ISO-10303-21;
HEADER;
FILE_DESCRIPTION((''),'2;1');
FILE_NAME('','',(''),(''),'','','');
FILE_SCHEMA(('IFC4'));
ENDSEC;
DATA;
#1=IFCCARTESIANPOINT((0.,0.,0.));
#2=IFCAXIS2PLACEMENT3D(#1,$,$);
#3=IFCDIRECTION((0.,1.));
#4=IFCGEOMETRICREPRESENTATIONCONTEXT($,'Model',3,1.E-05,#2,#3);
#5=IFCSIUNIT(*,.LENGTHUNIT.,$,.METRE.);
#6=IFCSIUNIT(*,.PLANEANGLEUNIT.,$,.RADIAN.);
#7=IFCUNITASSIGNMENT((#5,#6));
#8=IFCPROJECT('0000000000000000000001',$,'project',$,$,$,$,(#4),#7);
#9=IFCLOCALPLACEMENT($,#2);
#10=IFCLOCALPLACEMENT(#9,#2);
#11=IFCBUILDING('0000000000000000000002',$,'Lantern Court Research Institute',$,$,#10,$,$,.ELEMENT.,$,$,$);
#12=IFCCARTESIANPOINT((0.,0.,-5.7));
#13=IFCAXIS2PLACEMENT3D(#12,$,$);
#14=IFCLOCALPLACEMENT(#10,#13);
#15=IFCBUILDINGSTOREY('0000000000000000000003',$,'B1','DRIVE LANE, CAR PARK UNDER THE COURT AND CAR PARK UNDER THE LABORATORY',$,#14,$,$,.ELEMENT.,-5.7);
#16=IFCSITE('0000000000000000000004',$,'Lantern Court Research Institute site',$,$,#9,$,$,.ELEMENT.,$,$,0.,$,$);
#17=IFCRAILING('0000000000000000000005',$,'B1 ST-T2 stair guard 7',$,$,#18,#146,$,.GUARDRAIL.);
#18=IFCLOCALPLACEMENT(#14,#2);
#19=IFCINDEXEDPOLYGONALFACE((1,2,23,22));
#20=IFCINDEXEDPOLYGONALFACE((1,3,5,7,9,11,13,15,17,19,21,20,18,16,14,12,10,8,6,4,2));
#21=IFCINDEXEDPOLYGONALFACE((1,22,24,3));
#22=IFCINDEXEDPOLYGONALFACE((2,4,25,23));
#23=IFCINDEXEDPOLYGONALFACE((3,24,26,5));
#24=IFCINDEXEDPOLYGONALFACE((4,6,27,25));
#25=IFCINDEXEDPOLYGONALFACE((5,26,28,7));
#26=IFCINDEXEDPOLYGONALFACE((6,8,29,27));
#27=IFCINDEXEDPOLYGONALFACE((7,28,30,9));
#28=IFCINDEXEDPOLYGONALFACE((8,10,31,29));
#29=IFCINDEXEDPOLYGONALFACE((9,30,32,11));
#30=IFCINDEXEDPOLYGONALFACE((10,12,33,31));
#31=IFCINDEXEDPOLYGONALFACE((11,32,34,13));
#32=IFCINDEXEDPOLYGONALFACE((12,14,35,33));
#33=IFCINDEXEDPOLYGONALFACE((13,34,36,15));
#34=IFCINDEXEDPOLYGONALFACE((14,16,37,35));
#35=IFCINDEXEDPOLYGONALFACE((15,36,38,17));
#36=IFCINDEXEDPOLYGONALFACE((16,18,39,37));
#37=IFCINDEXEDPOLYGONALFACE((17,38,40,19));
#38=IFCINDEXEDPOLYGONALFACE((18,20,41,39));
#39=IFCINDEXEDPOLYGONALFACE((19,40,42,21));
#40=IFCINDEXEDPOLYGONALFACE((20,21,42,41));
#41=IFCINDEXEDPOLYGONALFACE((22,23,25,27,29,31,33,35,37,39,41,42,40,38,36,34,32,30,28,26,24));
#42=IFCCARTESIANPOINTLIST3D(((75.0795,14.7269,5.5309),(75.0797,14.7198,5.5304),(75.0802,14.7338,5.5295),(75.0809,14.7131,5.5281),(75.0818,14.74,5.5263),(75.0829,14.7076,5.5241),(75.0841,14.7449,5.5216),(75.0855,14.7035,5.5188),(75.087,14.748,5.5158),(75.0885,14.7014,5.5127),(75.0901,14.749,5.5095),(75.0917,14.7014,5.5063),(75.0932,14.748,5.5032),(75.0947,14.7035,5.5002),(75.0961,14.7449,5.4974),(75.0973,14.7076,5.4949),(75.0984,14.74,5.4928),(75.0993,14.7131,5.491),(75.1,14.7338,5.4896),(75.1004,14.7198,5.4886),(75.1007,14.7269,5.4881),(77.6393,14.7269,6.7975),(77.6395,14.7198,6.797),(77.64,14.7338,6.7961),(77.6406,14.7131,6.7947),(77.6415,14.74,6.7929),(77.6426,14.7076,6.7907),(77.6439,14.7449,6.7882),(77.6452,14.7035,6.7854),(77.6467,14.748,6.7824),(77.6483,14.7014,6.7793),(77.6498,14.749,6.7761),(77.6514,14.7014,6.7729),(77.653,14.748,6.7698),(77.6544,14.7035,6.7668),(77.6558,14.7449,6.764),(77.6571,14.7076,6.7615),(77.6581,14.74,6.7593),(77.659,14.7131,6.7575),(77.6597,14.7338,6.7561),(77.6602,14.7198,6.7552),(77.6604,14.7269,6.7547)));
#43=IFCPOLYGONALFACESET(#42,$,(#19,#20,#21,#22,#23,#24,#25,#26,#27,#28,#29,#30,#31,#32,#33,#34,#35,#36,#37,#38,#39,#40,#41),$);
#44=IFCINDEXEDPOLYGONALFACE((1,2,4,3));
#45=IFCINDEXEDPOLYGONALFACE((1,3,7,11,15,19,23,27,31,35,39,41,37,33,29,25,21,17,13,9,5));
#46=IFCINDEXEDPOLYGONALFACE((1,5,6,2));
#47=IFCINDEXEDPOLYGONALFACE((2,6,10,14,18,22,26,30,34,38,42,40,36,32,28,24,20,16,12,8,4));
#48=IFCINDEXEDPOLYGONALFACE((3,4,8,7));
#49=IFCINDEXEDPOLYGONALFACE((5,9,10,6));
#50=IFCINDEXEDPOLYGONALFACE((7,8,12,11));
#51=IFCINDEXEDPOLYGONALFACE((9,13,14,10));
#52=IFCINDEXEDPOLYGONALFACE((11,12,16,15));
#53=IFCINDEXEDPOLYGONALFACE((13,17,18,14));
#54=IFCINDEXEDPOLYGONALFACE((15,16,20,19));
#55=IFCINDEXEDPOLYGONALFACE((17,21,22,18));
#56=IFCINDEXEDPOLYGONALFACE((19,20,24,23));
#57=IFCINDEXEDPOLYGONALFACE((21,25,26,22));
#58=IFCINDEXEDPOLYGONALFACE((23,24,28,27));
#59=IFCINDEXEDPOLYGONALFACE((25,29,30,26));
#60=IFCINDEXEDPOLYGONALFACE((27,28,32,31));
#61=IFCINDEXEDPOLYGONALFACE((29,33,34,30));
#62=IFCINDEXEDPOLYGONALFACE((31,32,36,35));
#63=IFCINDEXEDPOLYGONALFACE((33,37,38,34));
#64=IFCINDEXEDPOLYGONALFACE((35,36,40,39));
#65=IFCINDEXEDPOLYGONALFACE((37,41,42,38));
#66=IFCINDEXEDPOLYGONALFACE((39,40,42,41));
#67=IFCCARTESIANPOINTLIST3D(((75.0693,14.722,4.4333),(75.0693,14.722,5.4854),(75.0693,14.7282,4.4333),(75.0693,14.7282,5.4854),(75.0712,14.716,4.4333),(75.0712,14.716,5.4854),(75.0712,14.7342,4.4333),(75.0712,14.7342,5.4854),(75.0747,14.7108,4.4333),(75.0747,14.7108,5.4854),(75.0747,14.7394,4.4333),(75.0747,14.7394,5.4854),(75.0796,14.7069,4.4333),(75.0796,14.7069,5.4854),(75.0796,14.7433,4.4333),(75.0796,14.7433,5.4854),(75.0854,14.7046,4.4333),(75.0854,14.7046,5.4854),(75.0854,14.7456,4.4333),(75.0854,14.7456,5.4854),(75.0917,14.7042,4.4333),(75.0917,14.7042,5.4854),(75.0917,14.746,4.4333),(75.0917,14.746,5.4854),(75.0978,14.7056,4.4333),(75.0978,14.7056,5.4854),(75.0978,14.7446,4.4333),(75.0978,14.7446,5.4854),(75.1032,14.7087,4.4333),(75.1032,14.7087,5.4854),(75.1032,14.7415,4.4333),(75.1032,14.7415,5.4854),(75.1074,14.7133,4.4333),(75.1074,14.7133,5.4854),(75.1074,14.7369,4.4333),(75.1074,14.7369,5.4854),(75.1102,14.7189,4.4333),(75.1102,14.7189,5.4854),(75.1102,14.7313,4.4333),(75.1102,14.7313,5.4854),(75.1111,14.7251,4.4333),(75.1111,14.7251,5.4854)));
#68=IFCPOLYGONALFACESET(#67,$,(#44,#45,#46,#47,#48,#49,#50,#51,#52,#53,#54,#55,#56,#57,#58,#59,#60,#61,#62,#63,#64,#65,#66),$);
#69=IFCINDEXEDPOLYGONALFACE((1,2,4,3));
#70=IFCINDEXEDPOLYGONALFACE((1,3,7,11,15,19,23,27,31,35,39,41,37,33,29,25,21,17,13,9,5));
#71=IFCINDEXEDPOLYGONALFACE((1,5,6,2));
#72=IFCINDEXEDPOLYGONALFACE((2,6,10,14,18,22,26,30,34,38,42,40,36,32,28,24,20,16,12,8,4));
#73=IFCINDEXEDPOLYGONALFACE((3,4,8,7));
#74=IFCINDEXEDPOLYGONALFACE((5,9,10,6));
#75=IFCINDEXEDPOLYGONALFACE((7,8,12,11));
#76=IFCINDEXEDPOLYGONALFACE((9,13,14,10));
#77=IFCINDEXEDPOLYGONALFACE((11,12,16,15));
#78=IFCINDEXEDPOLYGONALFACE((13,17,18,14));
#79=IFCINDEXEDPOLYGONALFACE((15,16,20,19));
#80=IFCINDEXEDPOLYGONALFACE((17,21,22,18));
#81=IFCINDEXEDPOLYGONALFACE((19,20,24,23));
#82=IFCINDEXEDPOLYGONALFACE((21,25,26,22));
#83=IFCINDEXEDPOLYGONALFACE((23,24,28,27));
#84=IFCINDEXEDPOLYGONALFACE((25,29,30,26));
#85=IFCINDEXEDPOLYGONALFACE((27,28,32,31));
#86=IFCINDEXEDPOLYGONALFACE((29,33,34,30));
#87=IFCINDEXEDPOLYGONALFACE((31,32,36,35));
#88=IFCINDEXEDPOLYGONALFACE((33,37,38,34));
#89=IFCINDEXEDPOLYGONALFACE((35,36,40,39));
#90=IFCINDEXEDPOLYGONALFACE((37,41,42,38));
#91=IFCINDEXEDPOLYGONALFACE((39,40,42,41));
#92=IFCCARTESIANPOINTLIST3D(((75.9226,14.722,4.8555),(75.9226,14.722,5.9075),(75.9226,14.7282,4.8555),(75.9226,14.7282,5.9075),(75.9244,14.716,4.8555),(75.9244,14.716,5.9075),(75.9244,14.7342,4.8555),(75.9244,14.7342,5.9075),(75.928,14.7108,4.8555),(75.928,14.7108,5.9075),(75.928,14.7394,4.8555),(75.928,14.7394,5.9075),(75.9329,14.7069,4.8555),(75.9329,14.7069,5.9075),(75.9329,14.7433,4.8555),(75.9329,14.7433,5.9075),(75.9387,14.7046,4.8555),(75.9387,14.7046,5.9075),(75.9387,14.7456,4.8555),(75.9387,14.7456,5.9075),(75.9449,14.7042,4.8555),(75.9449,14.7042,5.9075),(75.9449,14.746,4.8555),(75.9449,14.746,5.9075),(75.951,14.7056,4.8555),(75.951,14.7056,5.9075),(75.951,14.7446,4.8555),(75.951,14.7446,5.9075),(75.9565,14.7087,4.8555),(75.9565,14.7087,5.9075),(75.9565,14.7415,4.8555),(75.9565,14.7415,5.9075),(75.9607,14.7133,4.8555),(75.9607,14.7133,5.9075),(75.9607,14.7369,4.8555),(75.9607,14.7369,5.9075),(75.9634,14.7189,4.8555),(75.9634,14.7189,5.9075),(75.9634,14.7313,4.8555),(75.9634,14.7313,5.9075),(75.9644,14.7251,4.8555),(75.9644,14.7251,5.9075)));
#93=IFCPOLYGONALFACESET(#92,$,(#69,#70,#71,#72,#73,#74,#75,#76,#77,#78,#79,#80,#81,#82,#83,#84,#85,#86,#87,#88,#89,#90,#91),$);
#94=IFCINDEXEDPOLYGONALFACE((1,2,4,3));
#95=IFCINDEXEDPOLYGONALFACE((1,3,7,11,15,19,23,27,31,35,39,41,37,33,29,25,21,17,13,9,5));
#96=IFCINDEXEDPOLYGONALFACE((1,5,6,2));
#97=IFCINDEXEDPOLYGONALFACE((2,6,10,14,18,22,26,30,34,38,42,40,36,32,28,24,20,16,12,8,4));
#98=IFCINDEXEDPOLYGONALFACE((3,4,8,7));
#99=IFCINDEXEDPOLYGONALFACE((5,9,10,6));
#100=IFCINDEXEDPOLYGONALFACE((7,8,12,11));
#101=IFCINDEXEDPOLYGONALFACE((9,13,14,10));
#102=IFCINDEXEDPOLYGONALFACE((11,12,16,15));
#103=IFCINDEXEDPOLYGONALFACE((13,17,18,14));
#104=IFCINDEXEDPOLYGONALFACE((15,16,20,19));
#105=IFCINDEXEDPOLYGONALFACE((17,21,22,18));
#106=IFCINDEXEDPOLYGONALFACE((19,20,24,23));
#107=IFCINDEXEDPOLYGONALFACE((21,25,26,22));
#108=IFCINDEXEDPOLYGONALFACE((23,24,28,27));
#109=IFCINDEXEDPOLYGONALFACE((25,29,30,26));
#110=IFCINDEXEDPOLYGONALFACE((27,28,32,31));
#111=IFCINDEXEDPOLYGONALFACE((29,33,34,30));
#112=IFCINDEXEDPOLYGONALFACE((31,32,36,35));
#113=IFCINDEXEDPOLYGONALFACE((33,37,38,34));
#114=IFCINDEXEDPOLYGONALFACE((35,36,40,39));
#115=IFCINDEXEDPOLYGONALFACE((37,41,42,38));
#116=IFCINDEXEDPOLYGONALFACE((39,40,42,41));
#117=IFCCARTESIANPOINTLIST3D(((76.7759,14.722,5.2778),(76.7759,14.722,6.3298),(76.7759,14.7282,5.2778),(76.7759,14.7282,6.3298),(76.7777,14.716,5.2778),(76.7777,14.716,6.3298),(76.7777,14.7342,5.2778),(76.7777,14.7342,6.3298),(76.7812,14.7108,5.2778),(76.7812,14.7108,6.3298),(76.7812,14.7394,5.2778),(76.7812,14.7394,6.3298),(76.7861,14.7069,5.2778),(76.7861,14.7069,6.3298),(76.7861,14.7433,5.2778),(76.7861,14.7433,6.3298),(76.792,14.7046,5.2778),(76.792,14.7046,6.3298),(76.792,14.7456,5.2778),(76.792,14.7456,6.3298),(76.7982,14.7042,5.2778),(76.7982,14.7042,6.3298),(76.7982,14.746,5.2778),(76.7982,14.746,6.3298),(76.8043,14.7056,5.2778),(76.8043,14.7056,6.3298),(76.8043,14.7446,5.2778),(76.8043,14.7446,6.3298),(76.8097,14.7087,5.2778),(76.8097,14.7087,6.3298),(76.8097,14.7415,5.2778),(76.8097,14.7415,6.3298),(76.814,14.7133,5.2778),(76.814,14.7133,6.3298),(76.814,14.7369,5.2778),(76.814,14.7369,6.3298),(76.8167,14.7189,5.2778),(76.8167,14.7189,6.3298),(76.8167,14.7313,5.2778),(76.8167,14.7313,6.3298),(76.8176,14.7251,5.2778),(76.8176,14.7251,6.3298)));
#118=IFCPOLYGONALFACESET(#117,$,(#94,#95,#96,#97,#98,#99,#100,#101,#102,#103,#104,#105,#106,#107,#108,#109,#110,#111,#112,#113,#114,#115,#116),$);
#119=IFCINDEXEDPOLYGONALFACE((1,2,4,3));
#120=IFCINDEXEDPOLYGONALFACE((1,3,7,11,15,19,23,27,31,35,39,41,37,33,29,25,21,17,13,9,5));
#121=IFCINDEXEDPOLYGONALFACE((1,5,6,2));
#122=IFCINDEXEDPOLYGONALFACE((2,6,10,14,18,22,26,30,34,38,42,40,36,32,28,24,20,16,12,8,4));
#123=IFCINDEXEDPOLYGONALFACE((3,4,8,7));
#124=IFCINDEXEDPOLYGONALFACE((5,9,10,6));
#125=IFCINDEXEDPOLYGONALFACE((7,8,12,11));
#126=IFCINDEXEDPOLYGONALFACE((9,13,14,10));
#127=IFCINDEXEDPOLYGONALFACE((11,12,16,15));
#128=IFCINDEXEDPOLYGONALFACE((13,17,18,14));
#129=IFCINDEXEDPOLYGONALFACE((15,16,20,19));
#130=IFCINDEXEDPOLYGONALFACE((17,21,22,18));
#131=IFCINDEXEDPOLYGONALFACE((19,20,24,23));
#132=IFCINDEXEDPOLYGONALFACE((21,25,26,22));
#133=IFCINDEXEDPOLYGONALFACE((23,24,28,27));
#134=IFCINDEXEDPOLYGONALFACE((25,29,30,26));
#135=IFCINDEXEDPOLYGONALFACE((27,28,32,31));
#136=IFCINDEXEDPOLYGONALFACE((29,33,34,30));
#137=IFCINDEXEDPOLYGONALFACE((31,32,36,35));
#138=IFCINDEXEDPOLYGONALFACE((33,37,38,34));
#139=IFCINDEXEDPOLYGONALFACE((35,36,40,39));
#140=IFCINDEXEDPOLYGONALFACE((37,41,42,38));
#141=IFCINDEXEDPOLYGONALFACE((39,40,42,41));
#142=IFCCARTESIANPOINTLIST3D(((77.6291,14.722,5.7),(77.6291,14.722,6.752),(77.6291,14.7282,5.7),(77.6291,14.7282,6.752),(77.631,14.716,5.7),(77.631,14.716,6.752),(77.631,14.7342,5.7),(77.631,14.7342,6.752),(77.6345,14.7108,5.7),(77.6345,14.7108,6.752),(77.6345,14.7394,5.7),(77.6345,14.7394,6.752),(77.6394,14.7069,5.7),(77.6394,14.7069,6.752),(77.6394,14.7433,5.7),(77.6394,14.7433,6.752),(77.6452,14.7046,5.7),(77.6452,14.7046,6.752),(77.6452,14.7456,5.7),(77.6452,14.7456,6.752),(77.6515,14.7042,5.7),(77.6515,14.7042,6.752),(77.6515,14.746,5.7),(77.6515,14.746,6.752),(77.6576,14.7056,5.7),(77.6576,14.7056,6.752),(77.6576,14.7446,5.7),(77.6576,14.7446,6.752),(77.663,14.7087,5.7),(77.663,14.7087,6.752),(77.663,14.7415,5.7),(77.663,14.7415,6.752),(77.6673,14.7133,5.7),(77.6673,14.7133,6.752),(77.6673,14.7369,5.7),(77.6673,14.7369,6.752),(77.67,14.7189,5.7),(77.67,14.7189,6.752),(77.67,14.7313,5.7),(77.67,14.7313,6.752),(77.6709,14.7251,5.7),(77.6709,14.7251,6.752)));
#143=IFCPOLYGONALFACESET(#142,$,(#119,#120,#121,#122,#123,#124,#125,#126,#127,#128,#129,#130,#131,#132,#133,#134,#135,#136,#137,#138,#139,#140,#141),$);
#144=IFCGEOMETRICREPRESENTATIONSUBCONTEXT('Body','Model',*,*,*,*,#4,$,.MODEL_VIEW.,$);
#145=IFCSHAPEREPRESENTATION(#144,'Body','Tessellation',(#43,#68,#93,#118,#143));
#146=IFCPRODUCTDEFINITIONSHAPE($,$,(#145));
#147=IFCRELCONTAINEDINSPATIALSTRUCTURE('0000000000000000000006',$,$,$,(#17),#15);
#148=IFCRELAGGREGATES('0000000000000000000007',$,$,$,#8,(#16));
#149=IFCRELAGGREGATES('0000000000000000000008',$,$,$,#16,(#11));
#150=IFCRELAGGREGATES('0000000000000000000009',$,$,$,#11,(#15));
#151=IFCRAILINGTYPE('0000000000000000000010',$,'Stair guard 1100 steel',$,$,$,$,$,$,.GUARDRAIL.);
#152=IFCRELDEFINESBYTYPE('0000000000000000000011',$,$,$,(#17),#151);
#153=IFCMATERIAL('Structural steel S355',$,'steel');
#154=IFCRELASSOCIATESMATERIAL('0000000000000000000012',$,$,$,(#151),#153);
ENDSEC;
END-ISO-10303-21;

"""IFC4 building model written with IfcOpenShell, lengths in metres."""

from ifc_helpers import new_model, si_unit, direction, frame, origin, origin_2d, place, context, subcontext, project, spatial, circle, extrude, material, type_object, element, save


model = new_model("IFC4")

# Units and contexts
model_context = context("Model", 3, precision=1e-05, world=origin(), true_north=direction((0.0, 1.0)))
body_context = subcontext(model_context, "Body", "Model", "MODEL_VIEW")
ifc_project = project(units=[si_unit("LENGTHUNIT", "METRE"), si_unit("PLANEANGLEUNIT", "RADIAN")], contexts=[model_context])

# Site, building, storey
site_placement = place(None, origin())
site = spatial("IfcSite", under=ifc_project, at=site_placement, Name="Lantern Court Research Institute site", CompositionType="ELEMENT", RefElevation=0.0)
building_placement = place(site_placement, origin())
building = spatial("IfcBuilding", under=site, at=building_placement, Name="Lantern Court Research Institute", CompositionType="ELEMENT")
storey_placement = place(building_placement, frame((0.0, 0.0, -5.7)))
storey = spatial("IfcBuildingStorey", under=building, at=storey_placement, Name="B1", Description="DRIVE LANE, CAR PARK UNDER THE COURT AND CAR PARK UNDER THE LABORATORY", CompositionType="ELEMENT", Elevation=-5.7)

# Railing
ifc_material_1 = material(Name="Structural steel S355", Category="steel")
railing_type_1 = type_object("IfcRailingType", Name="Stair guard 1100 steel", PredefinedType="GUARDRAIL", material=ifc_material_1)
railing_1_placement = place(storey_placement, frame((75.0901, 14.7251, 4.4333)))
element("IfcRailing", 1, at=railing_1_placement, inside=storey, type_object=railing_type_1, Name="B1 ST-T2 stair guard 7", PredefinedType="GUARDRAIL", context=body_context, shape_type="SweptSolid", body=[
    extrude(circle(Radius=0.0239, at=origin_2d()), frame((0.0, 0.0, 1.0762), z_axis=(0.896283, 0.0, 0.443483), x_axis=(0.0, 1.0, 0.0)), (0.0, 0.0, 1.0), 2.856),
    extrude(circle(Radius=0.021, at=origin_2d()), origin(), (0.0, 0.0, 1.0), 1.052),
    extrude(circle(Radius=0.021, at=origin_2d()), frame((0.8533, 0.0, 0.4221)), (0.0, 0.0, 1.0), 1.052),
    extrude(circle(Radius=0.021, at=origin_2d()), frame((1.7065, 0.0, 0.8445)), (0.0, 0.0, 1.0), 1.052),
    extrude(circle(Radius=0.021, at=origin_2d()), frame((2.5598, 0.0, 1.2666)), (0.0, 0.0, 1.0), 1.052),
])

save(model, "model.ifc")
